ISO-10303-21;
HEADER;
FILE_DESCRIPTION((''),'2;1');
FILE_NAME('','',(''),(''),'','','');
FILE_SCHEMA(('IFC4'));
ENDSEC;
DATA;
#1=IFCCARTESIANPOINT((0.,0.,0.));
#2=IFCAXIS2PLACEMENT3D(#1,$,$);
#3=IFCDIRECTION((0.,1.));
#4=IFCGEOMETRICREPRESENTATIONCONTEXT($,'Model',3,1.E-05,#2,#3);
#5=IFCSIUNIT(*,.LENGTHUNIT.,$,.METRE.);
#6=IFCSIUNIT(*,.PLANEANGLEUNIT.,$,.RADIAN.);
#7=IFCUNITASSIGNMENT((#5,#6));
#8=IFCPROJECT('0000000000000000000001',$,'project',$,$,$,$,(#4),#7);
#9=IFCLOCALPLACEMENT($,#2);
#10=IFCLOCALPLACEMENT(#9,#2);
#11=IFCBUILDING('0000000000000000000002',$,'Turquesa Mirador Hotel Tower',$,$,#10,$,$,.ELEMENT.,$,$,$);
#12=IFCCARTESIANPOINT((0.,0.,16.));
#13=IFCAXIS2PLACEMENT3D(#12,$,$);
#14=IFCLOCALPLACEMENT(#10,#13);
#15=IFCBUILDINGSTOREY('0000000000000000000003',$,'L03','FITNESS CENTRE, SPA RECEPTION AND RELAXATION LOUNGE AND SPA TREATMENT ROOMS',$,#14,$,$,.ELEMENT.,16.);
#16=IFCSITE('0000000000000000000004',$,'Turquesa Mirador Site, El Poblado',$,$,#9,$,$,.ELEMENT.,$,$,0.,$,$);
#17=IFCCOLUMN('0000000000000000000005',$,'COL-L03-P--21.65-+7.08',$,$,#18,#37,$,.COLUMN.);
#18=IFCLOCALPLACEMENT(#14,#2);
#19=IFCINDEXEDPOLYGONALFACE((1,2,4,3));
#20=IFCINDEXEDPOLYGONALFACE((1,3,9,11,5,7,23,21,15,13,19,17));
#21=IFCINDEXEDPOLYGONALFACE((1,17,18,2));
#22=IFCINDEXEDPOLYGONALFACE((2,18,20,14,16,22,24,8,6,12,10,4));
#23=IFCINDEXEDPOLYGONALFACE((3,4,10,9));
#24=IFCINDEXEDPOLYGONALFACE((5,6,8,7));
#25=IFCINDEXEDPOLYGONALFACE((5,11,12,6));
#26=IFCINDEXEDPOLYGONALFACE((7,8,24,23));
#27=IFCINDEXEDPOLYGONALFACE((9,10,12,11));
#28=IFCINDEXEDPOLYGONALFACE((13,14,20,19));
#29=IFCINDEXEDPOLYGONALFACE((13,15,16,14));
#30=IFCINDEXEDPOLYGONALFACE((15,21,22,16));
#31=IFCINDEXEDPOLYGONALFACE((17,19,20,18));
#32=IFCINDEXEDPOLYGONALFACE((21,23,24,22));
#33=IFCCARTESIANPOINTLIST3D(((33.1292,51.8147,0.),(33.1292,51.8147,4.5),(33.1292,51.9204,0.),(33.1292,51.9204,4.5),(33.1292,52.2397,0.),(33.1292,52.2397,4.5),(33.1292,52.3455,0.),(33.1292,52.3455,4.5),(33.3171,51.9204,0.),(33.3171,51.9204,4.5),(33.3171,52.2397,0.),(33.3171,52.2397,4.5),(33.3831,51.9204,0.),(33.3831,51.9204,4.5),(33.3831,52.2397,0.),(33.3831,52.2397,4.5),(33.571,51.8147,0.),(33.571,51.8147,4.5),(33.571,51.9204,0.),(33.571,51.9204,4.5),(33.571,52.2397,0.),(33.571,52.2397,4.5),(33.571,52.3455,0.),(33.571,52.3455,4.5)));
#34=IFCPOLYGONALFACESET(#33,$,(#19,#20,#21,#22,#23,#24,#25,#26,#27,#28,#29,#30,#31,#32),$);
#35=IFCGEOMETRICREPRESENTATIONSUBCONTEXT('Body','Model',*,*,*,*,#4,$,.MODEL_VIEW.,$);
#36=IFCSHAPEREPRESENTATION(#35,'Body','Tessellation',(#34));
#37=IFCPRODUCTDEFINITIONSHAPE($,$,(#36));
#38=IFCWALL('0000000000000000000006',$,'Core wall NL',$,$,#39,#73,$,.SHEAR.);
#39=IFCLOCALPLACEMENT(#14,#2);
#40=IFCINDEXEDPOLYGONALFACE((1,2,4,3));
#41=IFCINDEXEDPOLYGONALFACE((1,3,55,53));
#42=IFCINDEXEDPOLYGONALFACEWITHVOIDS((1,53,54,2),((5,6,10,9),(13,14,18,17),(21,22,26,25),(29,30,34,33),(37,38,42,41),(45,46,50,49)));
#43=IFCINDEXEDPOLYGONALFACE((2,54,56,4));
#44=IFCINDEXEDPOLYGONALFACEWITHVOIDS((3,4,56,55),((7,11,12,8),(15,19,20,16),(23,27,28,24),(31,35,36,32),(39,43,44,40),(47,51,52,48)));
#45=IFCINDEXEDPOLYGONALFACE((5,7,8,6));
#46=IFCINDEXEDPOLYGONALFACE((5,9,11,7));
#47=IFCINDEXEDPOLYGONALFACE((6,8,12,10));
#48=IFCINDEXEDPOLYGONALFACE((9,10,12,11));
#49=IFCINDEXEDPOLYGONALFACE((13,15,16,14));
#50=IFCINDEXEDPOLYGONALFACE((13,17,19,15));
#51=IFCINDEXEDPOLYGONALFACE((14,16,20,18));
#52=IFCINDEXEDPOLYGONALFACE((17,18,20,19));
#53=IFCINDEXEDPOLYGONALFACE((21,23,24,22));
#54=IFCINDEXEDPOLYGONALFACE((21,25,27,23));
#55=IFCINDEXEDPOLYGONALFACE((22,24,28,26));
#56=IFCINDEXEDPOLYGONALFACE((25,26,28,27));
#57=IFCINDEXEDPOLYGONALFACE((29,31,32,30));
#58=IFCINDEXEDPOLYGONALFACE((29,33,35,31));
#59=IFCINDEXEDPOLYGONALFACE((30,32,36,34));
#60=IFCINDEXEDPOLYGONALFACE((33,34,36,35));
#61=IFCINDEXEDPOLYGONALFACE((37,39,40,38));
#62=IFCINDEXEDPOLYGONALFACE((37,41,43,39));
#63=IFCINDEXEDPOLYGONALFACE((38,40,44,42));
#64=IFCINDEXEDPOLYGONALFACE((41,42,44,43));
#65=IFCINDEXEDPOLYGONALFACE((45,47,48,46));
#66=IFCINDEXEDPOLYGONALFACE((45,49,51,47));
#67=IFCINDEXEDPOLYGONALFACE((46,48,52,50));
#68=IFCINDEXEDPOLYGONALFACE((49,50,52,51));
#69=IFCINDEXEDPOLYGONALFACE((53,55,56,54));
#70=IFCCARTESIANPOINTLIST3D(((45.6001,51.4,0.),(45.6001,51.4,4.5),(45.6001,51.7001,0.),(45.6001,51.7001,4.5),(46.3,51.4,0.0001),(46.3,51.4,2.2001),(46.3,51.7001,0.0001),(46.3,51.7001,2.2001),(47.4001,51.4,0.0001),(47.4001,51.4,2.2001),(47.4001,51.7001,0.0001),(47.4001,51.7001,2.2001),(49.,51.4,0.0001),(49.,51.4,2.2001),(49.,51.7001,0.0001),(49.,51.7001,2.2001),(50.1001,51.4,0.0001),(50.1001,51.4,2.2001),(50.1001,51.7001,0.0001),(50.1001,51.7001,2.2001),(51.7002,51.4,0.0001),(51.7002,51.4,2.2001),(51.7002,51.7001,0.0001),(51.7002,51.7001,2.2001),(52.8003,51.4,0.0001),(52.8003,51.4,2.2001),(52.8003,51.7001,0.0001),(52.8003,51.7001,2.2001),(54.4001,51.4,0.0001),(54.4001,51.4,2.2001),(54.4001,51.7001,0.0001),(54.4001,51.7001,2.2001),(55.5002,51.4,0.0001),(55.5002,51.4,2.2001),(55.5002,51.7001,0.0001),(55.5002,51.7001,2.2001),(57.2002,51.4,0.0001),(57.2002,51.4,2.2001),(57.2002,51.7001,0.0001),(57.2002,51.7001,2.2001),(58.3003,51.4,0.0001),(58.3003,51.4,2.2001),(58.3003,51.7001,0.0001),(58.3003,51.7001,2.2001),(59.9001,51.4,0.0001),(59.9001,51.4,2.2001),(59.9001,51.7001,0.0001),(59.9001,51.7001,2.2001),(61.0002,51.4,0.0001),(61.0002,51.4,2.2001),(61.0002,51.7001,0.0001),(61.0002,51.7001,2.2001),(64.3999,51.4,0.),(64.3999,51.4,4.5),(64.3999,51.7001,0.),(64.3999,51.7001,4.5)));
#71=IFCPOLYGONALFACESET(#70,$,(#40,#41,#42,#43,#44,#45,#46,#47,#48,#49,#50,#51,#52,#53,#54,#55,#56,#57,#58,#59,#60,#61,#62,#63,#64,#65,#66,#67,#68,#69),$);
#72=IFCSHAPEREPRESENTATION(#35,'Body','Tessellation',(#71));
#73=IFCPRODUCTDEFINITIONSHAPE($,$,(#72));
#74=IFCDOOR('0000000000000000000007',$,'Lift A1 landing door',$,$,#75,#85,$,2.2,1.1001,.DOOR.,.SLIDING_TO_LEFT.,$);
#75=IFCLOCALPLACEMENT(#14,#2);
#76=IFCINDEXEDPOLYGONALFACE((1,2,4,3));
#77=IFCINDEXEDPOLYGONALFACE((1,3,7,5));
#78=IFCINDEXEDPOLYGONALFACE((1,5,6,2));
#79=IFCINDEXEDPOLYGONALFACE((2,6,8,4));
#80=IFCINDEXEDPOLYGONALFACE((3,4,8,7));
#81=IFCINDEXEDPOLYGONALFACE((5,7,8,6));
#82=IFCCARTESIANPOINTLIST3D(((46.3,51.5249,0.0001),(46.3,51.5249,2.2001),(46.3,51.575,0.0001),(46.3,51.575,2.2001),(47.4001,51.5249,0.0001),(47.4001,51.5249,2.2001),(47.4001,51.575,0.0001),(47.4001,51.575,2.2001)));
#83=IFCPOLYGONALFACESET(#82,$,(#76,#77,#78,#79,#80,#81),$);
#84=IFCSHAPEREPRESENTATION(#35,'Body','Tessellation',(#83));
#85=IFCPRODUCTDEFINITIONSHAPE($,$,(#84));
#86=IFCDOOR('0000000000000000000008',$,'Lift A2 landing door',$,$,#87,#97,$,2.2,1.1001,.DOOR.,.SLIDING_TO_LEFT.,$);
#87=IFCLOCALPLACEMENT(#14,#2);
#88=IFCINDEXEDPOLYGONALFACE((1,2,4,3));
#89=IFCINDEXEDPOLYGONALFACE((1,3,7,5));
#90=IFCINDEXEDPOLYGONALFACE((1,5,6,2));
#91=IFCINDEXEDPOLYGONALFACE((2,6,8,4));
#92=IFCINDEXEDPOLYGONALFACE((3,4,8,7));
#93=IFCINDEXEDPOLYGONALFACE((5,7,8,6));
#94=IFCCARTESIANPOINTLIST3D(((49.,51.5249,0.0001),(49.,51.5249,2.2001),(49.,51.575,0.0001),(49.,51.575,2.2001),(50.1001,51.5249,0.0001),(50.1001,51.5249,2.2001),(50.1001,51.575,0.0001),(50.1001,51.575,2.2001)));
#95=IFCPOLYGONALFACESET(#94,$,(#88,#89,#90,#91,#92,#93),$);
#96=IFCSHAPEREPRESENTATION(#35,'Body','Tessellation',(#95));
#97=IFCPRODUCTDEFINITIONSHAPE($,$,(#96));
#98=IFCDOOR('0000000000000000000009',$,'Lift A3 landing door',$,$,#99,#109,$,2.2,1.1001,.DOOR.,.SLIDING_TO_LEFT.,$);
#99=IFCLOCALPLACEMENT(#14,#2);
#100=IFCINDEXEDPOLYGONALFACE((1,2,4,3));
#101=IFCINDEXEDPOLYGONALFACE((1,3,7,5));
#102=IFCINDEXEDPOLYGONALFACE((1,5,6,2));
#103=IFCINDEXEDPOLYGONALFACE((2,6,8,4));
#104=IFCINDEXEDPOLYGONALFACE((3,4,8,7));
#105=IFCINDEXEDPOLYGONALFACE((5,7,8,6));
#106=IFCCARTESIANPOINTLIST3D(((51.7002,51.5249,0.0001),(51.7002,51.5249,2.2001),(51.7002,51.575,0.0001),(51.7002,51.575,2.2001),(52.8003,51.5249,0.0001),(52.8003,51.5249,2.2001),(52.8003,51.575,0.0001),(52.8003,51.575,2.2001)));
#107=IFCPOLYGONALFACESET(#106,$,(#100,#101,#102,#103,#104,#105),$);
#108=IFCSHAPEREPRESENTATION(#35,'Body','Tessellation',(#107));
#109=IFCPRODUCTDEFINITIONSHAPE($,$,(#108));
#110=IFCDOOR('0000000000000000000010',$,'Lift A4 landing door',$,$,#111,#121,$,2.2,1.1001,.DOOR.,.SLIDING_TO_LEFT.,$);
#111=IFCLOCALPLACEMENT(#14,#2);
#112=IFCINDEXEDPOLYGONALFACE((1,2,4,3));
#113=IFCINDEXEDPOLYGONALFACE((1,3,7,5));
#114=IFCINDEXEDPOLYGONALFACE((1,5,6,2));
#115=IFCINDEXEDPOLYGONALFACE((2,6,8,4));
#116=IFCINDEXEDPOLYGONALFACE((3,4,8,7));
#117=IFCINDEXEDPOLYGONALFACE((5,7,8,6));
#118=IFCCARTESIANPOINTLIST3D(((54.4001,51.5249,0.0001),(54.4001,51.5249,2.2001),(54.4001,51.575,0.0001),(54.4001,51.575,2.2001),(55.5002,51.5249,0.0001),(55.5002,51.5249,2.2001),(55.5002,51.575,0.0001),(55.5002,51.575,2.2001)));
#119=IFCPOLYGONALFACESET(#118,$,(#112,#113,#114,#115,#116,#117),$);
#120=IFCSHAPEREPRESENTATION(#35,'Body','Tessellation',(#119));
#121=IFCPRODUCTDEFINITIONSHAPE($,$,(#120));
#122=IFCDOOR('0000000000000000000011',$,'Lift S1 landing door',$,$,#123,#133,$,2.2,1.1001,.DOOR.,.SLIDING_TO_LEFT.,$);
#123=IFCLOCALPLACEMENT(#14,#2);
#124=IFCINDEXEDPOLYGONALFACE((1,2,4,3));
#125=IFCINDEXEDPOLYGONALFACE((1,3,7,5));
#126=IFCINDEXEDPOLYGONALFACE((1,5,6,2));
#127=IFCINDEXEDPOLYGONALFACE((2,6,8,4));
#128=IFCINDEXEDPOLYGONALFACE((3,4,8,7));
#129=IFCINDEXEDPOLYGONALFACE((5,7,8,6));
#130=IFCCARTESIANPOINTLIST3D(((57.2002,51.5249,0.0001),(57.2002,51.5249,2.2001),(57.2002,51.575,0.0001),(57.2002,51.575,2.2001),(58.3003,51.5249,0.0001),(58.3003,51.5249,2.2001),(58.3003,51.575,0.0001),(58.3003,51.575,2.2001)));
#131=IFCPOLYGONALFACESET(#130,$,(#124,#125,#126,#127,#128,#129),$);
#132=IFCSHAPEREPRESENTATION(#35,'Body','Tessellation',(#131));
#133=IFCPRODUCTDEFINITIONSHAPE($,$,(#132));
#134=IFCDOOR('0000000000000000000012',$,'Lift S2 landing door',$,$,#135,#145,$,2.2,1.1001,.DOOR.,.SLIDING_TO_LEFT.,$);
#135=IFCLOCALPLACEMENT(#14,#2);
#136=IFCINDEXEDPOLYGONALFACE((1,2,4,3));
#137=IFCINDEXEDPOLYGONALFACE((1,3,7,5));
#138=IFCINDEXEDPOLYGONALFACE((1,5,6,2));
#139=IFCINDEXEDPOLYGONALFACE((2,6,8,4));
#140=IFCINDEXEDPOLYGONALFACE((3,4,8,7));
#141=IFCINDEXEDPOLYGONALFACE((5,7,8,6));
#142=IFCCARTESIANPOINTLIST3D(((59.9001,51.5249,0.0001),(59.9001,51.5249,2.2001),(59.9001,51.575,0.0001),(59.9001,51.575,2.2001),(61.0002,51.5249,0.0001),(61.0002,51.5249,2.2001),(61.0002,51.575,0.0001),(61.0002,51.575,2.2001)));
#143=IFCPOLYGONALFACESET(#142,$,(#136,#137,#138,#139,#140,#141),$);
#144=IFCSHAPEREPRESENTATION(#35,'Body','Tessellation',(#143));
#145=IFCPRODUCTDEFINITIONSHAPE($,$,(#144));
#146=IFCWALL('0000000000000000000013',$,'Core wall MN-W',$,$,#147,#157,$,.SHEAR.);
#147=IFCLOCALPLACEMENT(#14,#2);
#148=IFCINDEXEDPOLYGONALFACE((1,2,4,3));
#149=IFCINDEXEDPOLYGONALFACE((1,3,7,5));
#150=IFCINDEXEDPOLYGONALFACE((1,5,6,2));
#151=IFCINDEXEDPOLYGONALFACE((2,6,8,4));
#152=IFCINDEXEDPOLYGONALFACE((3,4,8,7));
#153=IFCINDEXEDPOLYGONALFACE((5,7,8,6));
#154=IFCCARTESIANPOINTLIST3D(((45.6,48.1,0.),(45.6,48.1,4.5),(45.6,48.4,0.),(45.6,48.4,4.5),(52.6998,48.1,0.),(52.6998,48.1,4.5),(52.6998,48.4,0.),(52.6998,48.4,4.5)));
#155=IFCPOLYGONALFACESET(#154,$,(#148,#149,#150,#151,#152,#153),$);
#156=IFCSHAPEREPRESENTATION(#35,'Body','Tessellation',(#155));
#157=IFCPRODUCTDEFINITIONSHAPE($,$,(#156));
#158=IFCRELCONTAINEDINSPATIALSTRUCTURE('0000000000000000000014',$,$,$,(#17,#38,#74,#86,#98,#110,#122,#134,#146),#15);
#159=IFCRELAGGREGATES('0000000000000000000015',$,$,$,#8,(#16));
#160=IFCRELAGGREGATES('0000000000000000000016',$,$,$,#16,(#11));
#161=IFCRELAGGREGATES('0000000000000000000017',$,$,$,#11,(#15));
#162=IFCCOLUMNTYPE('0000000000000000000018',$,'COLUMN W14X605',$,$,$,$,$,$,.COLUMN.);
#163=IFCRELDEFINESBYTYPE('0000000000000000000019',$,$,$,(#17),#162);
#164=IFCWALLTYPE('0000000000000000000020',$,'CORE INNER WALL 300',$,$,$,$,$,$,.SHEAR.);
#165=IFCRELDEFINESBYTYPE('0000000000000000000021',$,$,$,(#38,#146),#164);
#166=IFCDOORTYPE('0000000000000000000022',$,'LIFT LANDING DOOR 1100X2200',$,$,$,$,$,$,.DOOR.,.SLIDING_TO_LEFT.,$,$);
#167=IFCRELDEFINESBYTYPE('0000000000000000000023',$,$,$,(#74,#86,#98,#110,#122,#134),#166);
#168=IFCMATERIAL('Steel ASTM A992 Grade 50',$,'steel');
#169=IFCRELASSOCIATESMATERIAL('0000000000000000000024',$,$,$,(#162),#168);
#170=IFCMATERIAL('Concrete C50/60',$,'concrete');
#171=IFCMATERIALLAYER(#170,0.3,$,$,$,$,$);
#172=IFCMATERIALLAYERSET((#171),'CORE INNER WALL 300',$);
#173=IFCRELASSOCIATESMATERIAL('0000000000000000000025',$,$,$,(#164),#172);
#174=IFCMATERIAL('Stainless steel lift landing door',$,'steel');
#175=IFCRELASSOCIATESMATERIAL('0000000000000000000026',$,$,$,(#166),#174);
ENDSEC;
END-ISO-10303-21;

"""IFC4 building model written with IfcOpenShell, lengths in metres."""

from ifc_helpers import new_model, si_unit, direction, frame, frame_2d, origin, origin_2d, place, context, subcontext, project, spatial, rectangle, i_section, extrude, material, layer, layer_set, material_profile, profile_set, type_object, element, fill, save


model = new_model("IFC4")

# Units and contexts
model_context = context("Model", 3, precision=1e-05, world=origin(), true_north=direction((0.0, 1.0)))
body_context = subcontext(model_context, "Body", "Model", "MODEL_VIEW")
ifc_project = project(units=[si_unit("LENGTHUNIT", "METRE"), si_unit("PLANEANGLEUNIT", "RADIAN")], contexts=[model_context])

# Site, building, storey
site_placement = place(None, origin())
site = spatial("IfcSite", under=ifc_project, at=site_placement, Name="Turquesa Mirador Site, El Poblado", CompositionType="ELEMENT", RefElevation=0.0)
building_placement = place(site_placement, origin())
building = spatial("IfcBuilding", under=site, at=building_placement, Name="Turquesa Mirador Hotel Tower", CompositionType="ELEMENT")
storey_placement = place(building_placement, frame((0.0, 0.0, 16.0)))
storey = spatial("IfcBuildingStorey", under=building, at=storey_placement, Name="L03", Description="FITNESS CENTRE, SPA RECEPTION AND RELAXATION LOUNGE AND SPA TREATMENT ROOMS", CompositionType="ELEMENT", Elevation=16.0)

# Column
ifc_material_1 = material(Name="Steel ASTM A992 Grade 50", Category="steel")
ifc_material_profile = material_profile(ifc_material_1, i_section(OverallWidth=0.4419, OverallDepth=0.5308, WebThickness=0.0659, FlangeThickness=0.1057, at=origin_2d()), Name="W14X605")
ifc_profile_set = profile_set([ifc_material_profile], Name="Steel ASTM A992 Grade 50")
column_type = type_object("IfcColumnType", Name="COLUMN W14X605", PredefinedType="COLUMN", material=ifc_profile_set)
column_placement = place(storey_placement, frame((33.3501, 52.0801, 0.0), z_axis=(0.0, 0.0, 1.0), x_axis=(1.0, 0.0, 0.0)))
element("IfcColumn", 1, at=column_placement, inside=storey, type_object=column_type, Name="COL-L03-P--21.65-+7.08", PredefinedType="COLUMN", context=body_context, shape_type="SweptSolid", body=[
    extrude(i_section(OverallWidth=0.4419, OverallDepth=0.5308, WebThickness=0.0659, FlangeThickness=0.1057, at=origin_2d()), origin(), (0.0, 0.0, 1.0), 4.5),
])

# Wall, openings, doors
ifc_material_2 = material(Name="Concrete C50/60", Category="concrete")
ifc_layer_1 = layer(ifc_material_2, 0.3)
ifc_layer_set_1 = layer_set([ifc_layer_1], Name="CORE INNER WALL 300")
wall_type_1 = type_object("IfcWallType", Name="CORE INNER WALL 300", PredefinedType="SHEAR", material=ifc_layer_set_1)
wall_1_placement = place(storey_placement, frame((45.6001, 51.55, 0.0), z_axis=(0.0, 0.0, 1.0), x_axis=(1.0, 0.0, 0.0)))
wall_1 = element("IfcWall", 2, at=wall_1_placement, inside=storey, type_object=wall_type_1, Name="Core wall NL", PredefinedType="SHEAR", context=body_context, shape_type="SweptSolid", body=[
    extrude(rectangle(XDim=18.7998, YDim=0.3, at=frame_2d((9.3999, 0.0))), origin(), (0.0, 0.0, 1.0), 4.5),
])
opening_1_placement = place(wall_1_placement, frame((0.7, 0.0, 0.0)))
opening_1 = element("IfcOpeningElement", 3, at=opening_1_placement, cuts=wall_1, PredefinedType="OPENING", context=body_context, shape_type="SweptSolid", body=[
    extrude(rectangle(XDim=1.1001, YDim=2.2, at=frame_2d((0.55, 1.1001))), frame((0.0, 0.1599, 0.0), z_axis=(0.0, -1.0, 0.0), x_axis=(1.0, 0.0, 0.0)), (0.0, 0.0, 1.0), 0.3201),
])
opening_2_placement = place(wall_1_placement, frame((3.3999, 0.0, 0.0)))
opening_2 = element("IfcOpeningElement", 4, at=opening_2_placement, cuts=wall_1, PredefinedType="OPENING", context=body_context, shape_type="SweptSolid", body=[
    extrude(rectangle(XDim=1.1001, YDim=2.2, at=frame_2d((0.55, 1.1001))), frame((0.0, 0.1599, 0.0), z_axis=(0.0, -1.0, 0.0), x_axis=(1.0, 0.0, 0.0)), (0.0, 0.0, 1.0), 0.3201),
])
opening_3_placement = place(wall_1_placement, frame((6.1001, 0.0, 0.0)))
opening_3 = element("IfcOpeningElement", 5, at=opening_3_placement, cuts=wall_1, PredefinedType="OPENING", context=body_context, shape_type="SweptSolid", body=[
    extrude(rectangle(XDim=1.1001, YDim=2.2, at=frame_2d((0.55, 1.1001))), frame((0.0, 0.1599, 0.0), z_axis=(0.0, -1.0, 0.0), x_axis=(1.0, 0.0, 0.0)), (0.0, 0.0, 1.0), 0.3201),
])
opening_4_placement = place(wall_1_placement, frame((8.8, 0.0, 0.0)))
opening_4 = element("IfcOpeningElement", 6, at=opening_4_placement, cuts=wall_1, PredefinedType="OPENING", context=body_context, shape_type="SweptSolid", body=[
    extrude(rectangle(XDim=1.1001, YDim=2.2, at=frame_2d((0.55, 1.1001))), frame((0.0, 0.1599, 0.0), z_axis=(0.0, -1.0, 0.0), x_axis=(1.0, 0.0, 0.0)), (0.0, 0.0, 1.0), 0.3201),
])
opening_5_placement = place(wall_1_placement, frame((11.6001, 0.0, 0.0)))
opening_5 = element("IfcOpeningElement", 7, at=opening_5_placement, cuts=wall_1, PredefinedType="OPENING", context=body_context, shape_type="SweptSolid", body=[
    extrude(rectangle(XDim=1.1001, YDim=2.2, at=frame_2d((0.55, 1.1001))), frame((0.0, 0.1599, 0.0), z_axis=(0.0, -1.0, 0.0), x_axis=(1.0, 0.0, 0.0)), (0.0, 0.0, 1.0), 0.3201),
])
opening_6_placement = place(wall_1_placement, frame((14.3, 0.0, 0.0)))
opening_6 = element("IfcOpeningElement", 8, at=opening_6_placement, cuts=wall_1, PredefinedType="OPENING", context=body_context, shape_type="SweptSolid", body=[
    extrude(rectangle(XDim=1.1001, YDim=2.2, at=frame_2d((0.55, 1.1001))), frame((0.0, 0.1599, 0.0), z_axis=(0.0, -1.0, 0.0), x_axis=(1.0, 0.0, 0.0)), (0.0, 0.0, 1.0), 0.3201),
])
ifc_material_3 = material(Name="Stainless steel lift landing door", Category="steel")
door_type_1 = type_object("IfcDoorType", Name="LIFT LANDING DOOR 1100X2200", OperationType="SLIDING_TO_LEFT", PredefinedType="DOOR", material=ifc_material_3)
door_1_placement = place(opening_1_placement, origin())
door_1 = element("IfcDoor", 9, at=door_1_placement, inside=storey, type_object=door_type_1, Name="Lift A1 landing door", OperationType="SLIDING_TO_LEFT", OverallHeight=2.2, OverallWidth=1.1001, PredefinedType="DOOR", context=body_context, shape_type="SweptSolid", body=[
    extrude(rectangle(XDim=1.1001, YDim=2.2, at=frame_2d((0.55, 1.1001))), frame((0.0, 0.0249, 0.0), z_axis=(0.0, -1.0, 0.0), x_axis=(1.0, 0.0, 0.0)), (0.0, 0.0, 1.0), 0.05),
])
fill(opening_1, door_1)
door_2_placement = place(opening_2_placement, origin())
door_2 = element("IfcDoor", 10, at=door_2_placement, inside=storey, type_object=door_type_1, Name="Lift A2 landing door", OperationType="SLIDING_TO_LEFT", OverallHeight=2.2, OverallWidth=1.1001, PredefinedType="DOOR", context=body_context, shape_type="SweptSolid", body=[
    extrude(rectangle(XDim=1.1001, YDim=2.2, at=frame_2d((0.55, 1.1001))), frame((0.0, 0.0249, 0.0), z_axis=(0.0, -1.0, 0.0), x_axis=(1.0, 0.0, 0.0)), (0.0, 0.0, 1.0), 0.05),
])
fill(opening_2, door_2)
door_3_placement = place(opening_3_placement, origin())
door_3 = element("IfcDoor", 11, at=door_3_placement, inside=storey, type_object=door_type_1, Name="Lift A3 landing door", OperationType="SLIDING_TO_LEFT", OverallHeight=2.2, OverallWidth=1.1001, PredefinedType="DOOR", context=body_context, shape_type="SweptSolid", body=[
    extrude(rectangle(XDim=1.1001, YDim=2.2, at=frame_2d((0.55, 1.1001))), frame((0.0, 0.0249, 0.0), z_axis=(0.0, -1.0, 0.0), x_axis=(1.0, 0.0, 0.0)), (0.0, 0.0, 1.0), 0.05),
])
fill(opening_3, door_3)
door_4_placement = place(opening_4_placement, origin())
door_4 = element("IfcDoor", 12, at=door_4_placement, inside=storey, type_object=door_type_1, Name="Lift A4 landing door", OperationType="SLIDING_TO_LEFT", OverallHeight=2.2, OverallWidth=1.1001, PredefinedType="DOOR", context=body_context, shape_type="SweptSolid", body=[
    extrude(rectangle(XDim=1.1001, YDim=2.2, at=frame_2d((0.55, 1.1001))), frame((0.0, 0.0249, 0.0), z_axis=(0.0, -1.0, 0.0), x_axis=(1.0, 0.0, 0.0)), (0.0, 0.0, 1.0), 0.05),
])
fill(opening_4, door_4)
door_5_placement = place(opening_5_placement, origin())
door_5 = element("IfcDoor", 13, at=door_5_placement, inside=storey, type_object=door_type_1, Name="Lift S1 landing door", OperationType="SLIDING_TO_LEFT", OverallHeight=2.2, OverallWidth=1.1001, PredefinedType="DOOR", context=body_context, shape_type="SweptSolid", body=[
    extrude(rectangle(XDim=1.1001, YDim=2.2, at=frame_2d((0.55, 1.1001))), frame((0.0, 0.0249, 0.0), z_axis=(0.0, -1.0, 0.0), x_axis=(1.0, 0.0, 0.0)), (0.0, 0.0, 1.0), 0.05),
])
fill(opening_5, door_5)
door_6_placement = place(opening_6_placement, origin())
door_6 = element("IfcDoor", 14, at=door_6_placement, inside=storey, type_object=door_type_1, Name="Lift S2 landing door", OperationType="SLIDING_TO_LEFT", OverallHeight=2.2, OverallWidth=1.1001, PredefinedType="DOOR", context=body_context, shape_type="SweptSolid", body=[
    extrude(rectangle(XDim=1.1001, YDim=2.2, at=frame_2d((0.55, 1.1001))), frame((0.0, 0.0249, 0.0), z_axis=(0.0, -1.0, 0.0), x_axis=(1.0, 0.0, 0.0)), (0.0, 0.0, 1.0), 0.05),
])
fill(opening_6, door_6)

# Wall
wall_2_placement = place(storey_placement, frame((45.6001, 48.25, 0.0), z_axis=(0.0, 0.0, 1.0), x_axis=(1.0, 0.0, 0.0)))
element("IfcWall", 15, at=wall_2_placement, inside=storey, type_object=wall_type_1, Name="Core wall MN-W", PredefinedType="SHEAR", context=body_context, shape_type="SweptSolid", body=[
    extrude(rectangle(XDim=7.0999, YDim=0.3, at=frame_2d((3.5498, 0.0))), origin(), (0.0, 0.0, 1.0), 4.5),
])

save(model, "model.ifc")
